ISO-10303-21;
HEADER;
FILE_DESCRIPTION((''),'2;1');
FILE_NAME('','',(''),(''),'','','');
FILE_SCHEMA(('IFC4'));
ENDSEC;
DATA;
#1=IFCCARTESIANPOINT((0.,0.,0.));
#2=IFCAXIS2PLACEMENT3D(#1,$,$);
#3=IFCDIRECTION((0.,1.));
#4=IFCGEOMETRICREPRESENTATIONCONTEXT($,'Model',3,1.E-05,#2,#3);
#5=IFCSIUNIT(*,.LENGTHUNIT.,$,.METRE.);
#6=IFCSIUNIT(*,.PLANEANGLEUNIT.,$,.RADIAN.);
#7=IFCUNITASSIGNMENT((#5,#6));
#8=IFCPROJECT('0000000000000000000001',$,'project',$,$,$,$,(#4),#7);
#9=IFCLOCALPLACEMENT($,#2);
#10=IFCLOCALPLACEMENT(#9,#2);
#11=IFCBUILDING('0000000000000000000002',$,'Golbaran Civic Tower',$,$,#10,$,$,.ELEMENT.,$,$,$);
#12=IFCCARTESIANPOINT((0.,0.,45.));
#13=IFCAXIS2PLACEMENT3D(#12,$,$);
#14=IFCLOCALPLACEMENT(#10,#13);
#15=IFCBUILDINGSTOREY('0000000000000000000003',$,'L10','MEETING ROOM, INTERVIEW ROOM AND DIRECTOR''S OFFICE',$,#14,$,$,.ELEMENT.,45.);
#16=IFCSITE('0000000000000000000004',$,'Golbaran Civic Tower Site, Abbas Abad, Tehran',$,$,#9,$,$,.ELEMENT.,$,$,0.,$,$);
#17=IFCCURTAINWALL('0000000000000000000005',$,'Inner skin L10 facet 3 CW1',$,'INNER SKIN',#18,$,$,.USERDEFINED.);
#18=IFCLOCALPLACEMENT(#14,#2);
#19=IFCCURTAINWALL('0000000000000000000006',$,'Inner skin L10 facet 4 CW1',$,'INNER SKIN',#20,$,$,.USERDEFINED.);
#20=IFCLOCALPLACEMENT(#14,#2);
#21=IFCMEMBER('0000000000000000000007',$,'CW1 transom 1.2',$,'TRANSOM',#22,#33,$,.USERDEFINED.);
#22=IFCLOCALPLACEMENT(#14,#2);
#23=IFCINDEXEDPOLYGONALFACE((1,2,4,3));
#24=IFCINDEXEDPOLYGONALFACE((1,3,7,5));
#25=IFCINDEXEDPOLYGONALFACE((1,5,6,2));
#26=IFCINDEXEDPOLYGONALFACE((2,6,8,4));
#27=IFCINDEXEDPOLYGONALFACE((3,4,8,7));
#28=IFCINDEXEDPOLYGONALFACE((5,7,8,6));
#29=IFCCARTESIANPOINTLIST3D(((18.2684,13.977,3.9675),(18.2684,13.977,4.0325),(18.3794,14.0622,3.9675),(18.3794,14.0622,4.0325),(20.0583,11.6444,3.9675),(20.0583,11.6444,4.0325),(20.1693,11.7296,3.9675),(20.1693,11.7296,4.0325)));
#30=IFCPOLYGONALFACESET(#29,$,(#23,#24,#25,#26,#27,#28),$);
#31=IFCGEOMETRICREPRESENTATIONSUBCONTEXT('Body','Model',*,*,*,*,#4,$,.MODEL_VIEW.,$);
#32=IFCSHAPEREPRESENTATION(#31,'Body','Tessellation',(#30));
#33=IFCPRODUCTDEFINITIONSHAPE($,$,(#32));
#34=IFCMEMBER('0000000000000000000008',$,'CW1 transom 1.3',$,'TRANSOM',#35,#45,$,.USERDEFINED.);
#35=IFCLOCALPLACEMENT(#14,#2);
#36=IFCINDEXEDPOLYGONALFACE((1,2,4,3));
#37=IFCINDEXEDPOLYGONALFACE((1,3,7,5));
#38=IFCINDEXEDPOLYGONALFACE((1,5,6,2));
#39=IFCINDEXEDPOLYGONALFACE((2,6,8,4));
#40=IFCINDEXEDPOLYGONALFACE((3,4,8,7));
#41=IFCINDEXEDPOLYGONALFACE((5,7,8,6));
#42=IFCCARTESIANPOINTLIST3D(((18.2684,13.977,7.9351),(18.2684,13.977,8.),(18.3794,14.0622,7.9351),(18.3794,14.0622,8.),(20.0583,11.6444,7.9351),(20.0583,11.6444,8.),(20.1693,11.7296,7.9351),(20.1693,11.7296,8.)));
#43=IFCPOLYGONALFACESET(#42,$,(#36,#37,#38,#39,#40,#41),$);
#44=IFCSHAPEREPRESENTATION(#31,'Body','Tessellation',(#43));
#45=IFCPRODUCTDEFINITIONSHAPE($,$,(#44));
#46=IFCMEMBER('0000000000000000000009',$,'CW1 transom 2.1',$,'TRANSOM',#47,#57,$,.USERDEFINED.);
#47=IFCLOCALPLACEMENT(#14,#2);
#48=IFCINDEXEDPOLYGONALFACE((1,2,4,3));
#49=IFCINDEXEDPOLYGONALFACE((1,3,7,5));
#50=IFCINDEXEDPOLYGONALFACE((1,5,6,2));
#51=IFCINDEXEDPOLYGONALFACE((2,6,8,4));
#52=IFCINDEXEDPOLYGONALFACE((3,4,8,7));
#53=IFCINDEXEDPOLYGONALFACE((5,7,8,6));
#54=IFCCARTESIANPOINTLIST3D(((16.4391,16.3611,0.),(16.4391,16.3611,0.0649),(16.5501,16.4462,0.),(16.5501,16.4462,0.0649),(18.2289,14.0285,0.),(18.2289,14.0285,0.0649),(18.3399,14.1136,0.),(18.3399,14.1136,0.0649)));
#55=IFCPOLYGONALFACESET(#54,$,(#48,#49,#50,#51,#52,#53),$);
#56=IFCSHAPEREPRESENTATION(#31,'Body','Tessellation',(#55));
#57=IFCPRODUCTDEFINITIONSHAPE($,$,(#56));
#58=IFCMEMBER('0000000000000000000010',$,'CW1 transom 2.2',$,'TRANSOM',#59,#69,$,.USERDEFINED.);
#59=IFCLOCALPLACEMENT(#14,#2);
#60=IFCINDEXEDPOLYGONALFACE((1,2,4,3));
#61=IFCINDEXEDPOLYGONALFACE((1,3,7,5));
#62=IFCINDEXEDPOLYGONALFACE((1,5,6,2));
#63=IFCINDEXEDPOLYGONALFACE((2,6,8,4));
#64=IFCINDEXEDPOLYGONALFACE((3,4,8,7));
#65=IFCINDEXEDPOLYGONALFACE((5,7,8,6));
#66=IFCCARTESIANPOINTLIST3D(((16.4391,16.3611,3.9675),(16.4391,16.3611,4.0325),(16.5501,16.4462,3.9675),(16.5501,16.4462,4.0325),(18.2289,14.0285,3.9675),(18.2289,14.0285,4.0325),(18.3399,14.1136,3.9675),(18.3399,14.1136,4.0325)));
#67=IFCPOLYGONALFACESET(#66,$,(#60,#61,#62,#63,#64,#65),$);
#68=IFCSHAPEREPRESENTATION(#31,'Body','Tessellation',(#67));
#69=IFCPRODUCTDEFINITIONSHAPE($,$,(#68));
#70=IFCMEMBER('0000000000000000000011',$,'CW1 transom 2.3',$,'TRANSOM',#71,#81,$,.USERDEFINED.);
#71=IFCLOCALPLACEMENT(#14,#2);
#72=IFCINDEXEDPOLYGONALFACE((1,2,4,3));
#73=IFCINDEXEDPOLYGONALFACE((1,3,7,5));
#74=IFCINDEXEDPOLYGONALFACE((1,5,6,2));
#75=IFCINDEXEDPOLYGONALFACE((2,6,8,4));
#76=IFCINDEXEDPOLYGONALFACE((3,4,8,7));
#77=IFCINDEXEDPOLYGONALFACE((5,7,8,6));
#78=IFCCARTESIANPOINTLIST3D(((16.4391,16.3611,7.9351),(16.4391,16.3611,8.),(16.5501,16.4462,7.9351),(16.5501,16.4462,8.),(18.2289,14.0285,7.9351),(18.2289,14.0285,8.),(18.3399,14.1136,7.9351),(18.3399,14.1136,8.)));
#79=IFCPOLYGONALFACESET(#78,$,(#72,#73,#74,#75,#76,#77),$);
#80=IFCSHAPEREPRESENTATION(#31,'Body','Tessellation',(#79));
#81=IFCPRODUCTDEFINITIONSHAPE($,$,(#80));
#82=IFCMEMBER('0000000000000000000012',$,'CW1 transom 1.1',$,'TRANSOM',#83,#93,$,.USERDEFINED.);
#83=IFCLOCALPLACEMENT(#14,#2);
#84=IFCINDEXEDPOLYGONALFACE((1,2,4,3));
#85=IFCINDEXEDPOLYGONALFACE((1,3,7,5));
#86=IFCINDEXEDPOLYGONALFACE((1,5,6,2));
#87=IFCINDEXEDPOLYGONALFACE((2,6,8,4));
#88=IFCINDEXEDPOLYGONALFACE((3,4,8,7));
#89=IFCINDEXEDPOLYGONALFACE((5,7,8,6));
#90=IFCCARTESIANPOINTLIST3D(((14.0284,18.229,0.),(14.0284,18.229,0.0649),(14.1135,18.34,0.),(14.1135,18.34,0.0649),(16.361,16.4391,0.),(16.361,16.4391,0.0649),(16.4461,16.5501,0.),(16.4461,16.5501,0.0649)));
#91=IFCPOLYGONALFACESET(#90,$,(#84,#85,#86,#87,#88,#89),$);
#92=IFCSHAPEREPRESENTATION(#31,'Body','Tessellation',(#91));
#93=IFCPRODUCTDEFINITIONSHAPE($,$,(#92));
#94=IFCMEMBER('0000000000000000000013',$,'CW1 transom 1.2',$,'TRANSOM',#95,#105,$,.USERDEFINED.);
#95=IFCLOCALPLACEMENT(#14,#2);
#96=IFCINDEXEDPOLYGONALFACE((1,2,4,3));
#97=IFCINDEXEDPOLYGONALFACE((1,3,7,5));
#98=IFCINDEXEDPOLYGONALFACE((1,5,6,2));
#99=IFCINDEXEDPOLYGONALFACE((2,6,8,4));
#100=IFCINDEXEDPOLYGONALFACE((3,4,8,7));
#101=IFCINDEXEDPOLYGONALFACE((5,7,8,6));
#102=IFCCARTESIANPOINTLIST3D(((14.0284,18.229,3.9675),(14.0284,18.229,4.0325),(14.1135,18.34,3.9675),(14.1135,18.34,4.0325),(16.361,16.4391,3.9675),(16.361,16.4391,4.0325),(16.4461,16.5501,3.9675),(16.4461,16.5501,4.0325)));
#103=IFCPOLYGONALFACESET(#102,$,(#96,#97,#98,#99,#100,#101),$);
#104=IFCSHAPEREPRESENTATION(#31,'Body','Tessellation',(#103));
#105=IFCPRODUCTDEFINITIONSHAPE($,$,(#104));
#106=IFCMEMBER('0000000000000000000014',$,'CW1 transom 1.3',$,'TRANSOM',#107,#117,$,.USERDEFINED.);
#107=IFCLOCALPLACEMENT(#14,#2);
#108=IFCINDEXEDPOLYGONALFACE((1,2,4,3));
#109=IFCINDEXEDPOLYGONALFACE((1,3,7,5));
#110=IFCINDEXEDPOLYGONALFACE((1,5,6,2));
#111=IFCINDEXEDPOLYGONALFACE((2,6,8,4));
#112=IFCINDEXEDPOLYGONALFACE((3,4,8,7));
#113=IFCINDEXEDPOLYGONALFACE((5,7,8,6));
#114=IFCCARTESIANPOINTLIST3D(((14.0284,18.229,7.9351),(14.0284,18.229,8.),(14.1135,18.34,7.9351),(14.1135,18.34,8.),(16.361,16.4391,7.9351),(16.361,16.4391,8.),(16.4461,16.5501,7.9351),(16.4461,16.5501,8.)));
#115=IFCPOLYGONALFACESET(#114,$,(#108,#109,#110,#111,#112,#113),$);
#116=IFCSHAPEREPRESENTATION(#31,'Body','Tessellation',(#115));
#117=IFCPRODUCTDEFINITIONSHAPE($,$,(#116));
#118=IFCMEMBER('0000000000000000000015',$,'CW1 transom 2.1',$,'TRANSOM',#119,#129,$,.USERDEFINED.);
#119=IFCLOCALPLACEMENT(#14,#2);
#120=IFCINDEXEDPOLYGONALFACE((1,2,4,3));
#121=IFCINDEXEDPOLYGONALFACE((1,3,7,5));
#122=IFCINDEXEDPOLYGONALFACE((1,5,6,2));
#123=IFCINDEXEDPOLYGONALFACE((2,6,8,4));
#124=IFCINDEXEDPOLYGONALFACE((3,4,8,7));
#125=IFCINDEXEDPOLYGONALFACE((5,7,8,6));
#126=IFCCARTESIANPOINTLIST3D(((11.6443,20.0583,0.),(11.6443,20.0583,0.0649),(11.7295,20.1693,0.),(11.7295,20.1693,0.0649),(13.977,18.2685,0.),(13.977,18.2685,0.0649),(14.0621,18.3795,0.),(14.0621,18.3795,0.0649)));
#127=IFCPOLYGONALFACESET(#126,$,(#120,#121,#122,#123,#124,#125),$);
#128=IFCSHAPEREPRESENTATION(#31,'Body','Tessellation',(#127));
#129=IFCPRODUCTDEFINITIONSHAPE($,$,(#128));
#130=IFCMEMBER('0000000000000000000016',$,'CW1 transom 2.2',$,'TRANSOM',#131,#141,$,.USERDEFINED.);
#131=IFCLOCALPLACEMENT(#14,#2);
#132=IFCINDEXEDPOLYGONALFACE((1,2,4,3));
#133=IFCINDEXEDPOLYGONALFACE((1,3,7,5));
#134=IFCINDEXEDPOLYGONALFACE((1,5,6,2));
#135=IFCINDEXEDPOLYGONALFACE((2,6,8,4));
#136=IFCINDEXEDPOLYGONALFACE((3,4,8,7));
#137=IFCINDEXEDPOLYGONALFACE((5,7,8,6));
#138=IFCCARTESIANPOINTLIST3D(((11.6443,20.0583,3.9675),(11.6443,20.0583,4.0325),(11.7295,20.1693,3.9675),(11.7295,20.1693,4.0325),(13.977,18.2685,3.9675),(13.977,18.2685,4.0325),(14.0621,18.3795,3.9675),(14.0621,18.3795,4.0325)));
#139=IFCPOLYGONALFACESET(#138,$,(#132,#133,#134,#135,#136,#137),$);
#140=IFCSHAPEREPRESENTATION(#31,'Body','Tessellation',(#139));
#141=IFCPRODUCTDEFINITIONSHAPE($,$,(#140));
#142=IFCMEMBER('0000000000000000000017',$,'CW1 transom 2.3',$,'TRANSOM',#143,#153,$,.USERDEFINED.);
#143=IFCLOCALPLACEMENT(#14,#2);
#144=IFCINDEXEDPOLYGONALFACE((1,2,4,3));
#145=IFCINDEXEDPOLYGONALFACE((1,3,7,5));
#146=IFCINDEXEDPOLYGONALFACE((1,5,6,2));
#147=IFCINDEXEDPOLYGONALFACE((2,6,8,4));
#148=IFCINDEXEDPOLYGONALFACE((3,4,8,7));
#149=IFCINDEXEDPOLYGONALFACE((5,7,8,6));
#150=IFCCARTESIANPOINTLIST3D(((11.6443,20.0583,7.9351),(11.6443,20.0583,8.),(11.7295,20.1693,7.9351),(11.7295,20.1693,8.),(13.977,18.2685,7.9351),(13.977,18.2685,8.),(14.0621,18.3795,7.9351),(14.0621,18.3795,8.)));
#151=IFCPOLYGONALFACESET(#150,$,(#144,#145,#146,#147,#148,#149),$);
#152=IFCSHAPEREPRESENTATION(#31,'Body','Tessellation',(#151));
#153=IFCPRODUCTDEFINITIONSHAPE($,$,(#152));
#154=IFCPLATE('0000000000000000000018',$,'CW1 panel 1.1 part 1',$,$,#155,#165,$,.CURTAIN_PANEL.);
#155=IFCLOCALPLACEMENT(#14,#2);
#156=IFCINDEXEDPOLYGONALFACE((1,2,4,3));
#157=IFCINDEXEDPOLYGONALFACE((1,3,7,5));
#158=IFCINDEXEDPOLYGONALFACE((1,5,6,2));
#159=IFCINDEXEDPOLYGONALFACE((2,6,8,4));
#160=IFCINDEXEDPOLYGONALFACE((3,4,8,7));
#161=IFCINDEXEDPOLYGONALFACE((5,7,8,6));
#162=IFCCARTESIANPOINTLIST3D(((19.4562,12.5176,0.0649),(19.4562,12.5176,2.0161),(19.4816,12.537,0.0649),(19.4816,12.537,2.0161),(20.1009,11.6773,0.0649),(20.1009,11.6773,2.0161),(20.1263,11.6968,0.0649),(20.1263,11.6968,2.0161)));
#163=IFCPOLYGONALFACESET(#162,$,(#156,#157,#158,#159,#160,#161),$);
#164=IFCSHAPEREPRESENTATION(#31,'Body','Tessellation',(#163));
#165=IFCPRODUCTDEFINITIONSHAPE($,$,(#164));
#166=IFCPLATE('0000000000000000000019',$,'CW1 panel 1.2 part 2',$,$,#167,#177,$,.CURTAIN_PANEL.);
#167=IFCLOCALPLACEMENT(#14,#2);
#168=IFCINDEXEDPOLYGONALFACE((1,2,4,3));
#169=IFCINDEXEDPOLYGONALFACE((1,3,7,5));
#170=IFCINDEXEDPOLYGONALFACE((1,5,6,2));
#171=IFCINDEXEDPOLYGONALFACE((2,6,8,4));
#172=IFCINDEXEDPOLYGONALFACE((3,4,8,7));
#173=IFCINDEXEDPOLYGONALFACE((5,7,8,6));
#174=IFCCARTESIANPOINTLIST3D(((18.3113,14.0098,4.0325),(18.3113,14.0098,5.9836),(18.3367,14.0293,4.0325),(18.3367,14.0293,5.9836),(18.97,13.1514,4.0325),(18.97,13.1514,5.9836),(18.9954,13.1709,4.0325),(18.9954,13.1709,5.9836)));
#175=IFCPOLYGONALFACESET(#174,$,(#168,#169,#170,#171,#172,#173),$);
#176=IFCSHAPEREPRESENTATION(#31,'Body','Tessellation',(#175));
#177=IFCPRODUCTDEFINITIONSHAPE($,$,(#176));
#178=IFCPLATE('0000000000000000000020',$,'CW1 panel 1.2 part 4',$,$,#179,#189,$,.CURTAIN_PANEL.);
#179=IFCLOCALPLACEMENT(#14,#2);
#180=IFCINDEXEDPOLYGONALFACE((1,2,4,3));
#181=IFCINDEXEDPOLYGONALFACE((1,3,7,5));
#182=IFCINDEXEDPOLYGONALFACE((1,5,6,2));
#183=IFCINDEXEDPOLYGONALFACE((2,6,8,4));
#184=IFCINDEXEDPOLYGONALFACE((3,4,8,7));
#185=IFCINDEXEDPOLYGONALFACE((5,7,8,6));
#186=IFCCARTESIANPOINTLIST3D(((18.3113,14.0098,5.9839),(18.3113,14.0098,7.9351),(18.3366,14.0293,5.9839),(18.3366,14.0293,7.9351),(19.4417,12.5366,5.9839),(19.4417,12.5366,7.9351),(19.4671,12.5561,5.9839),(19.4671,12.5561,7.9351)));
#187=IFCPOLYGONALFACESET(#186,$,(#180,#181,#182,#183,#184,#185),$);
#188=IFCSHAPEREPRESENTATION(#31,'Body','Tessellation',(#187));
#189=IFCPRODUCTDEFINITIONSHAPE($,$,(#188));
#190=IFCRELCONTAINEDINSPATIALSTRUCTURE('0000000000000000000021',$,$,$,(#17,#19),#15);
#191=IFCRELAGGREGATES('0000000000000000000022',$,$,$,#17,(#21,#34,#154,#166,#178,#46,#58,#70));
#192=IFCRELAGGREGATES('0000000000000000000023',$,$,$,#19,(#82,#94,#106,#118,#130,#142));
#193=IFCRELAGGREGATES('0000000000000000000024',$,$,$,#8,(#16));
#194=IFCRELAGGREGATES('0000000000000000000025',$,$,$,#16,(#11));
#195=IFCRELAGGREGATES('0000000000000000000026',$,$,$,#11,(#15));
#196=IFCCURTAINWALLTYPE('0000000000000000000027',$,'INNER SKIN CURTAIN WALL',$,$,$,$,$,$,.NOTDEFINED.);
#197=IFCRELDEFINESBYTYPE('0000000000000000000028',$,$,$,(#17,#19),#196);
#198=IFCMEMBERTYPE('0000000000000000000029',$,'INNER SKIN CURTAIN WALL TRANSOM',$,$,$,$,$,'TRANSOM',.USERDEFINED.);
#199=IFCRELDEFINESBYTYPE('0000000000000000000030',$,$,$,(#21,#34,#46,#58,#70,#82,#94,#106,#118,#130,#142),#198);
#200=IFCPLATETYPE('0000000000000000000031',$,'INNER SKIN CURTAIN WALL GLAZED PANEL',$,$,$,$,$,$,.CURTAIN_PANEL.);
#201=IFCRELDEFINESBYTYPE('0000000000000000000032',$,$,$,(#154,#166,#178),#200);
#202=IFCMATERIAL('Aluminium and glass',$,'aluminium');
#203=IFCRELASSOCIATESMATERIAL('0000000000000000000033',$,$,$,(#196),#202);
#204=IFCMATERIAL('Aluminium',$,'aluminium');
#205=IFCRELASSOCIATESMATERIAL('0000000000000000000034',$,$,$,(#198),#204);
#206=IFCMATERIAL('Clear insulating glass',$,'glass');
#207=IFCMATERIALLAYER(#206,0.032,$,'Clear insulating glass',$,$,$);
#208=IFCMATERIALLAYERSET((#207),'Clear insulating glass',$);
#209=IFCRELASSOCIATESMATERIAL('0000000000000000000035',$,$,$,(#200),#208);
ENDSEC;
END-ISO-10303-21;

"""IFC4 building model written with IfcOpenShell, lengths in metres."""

from ifc_helpers import new_model, si_unit, direction, frame, origin, origin_2d, place, context, subcontext, project, spatial, rectangle, extrude, material, layer, layer_set, material_profile, profile_set, type_object, element, aggregate, save


model = new_model("IFC4")

# Units and contexts
model_context = context("Model", 3, precision=1e-05, world=origin(), true_north=direction((0.0, 1.0)))
body_context = subcontext(model_context, "Body", "Model", "MODEL_VIEW")
ifc_project = project(units=[si_unit("LENGTHUNIT", "METRE"), si_unit("PLANEANGLEUNIT", "RADIAN")], contexts=[model_context])

# Site, building, storey
site_placement = place(None, origin())
site = spatial("IfcSite", under=ifc_project, at=site_placement, Name="Golbaran Civic Tower Site, Abbas Abad, Tehran", CompositionType="ELEMENT", RefElevation=0.0)
building_placement = place(site_placement, origin())
building = spatial("IfcBuilding", under=site, at=building_placement, Name="Golbaran Civic Tower", CompositionType="ELEMENT")
storey_placement = place(building_placement, frame((0.0, 0.0, 45.0)))
storey = spatial("IfcBuildingStorey", under=building, at=storey_placement, Name="L10", Description="MEETING ROOM, INTERVIEW ROOM AND DIRECTOR'S OFFICE", CompositionType="ELEMENT", Elevation=45.0)

# Shared definitions
ifc_material_1 = material(Name="Aluminium and glass", Category="aluminium")
curtain_wall_type = type_object("IfcCurtainWallType", Name="INNER SKIN CURTAIN WALL", PredefinedType="NOTDEFINED", material=ifc_material_1)
ifc_material_2 = material(Name="Aluminium", Category="aluminium")

# Curtain walls
curtain_wall_1_placement = place(storey_placement, origin())
curtain_wall_1 = element("IfcCurtainWall", 1, at=curtain_wall_1_placement, inside=storey, type_object=curtain_wall_type, Name="Inner skin L10 facet 3 CW1", ObjectType="INNER SKIN", PredefinedType="USERDEFINED")
curtain_wall_2_placement = place(storey_placement, origin())
curtain_wall_2 = element("IfcCurtainWall", 2, at=curtain_wall_2_placement, inside=storey, type_object=curtain_wall_type, Name="Inner skin L10 facet 4 CW1", ObjectType="INNER SKIN", PredefinedType="USERDEFINED")

# Members
ifc_material_profile_1 = material_profile(ifc_material_2, rectangle(XDim=0.1399, YDim=0.0649, at=origin_2d()), Name="INNER SKIN CURTAIN WALL TRANSOM")
ifc_profile_set_1 = profile_set([ifc_material_profile_1], Name="Aluminium")
member_type_1 = type_object("IfcMemberType", Name="INNER SKIN CURTAIN WALL TRANSOM", ElementType="TRANSOM", PredefinedType="USERDEFINED", material=ifc_profile_set_1)
member_1_placement = place(storey_placement, frame((20.1138, 11.687, 4.0), z_axis=(-0.608759, 0.793355, 0.0), x_axis=(-0.793355, -0.608759, 0.0)))
member_1 = element("IfcMember", 3, at=member_1_placement, type_object=member_type_1, Name="CW1 transom 1.2", ObjectType="TRANSOM", PredefinedType="USERDEFINED", context=body_context, shape_type="SweptSolid", body=[
    extrude(rectangle(XDim=0.1399, YDim=0.0649, at=origin_2d()), origin(), (0.0, 0.0, 1.0), 2.9402),
])
member_2_placement = place(storey_placement, frame((20.1138, 11.687, 7.9675), z_axis=(-0.608759, 0.793355, 0.0), x_axis=(-0.793355, -0.608759, 0.0)))
member_2 = element("IfcMember", 4, at=member_2_placement, type_object=member_type_1, Name="CW1 transom 1.3", ObjectType="TRANSOM", PredefinedType="USERDEFINED", context=body_context, shape_type="SweptSolid", body=[
    extrude(rectangle(XDim=0.1399, YDim=0.0649, at=origin_2d()), origin(), (0.0, 0.0, 1.0), 2.9402),
])
member_3_placement = place(storey_placement, frame((18.2844, 14.071, 0.0325), z_axis=(-0.608759, 0.793355, 0.0), x_axis=(-0.793355, -0.608759, 0.0)))
member_3 = element("IfcMember", 5, at=member_3_placement, type_object=member_type_1, Name="CW1 transom 2.1", ObjectType="TRANSOM", PredefinedType="USERDEFINED", context=body_context, shape_type="SweptSolid", body=[
    extrude(rectangle(XDim=0.1399, YDim=0.0649, at=origin_2d()), origin(), (0.0, 0.0, 1.0), 2.9402),
])
member_4_placement = place(storey_placement, frame((18.2844, 14.071, 4.0), z_axis=(-0.608759, 0.793355, 0.0), x_axis=(-0.793355, -0.608759, 0.0)))
member_4 = element("IfcMember", 6, at=member_4_placement, type_object=member_type_1, Name="CW1 transom 2.2", ObjectType="TRANSOM", PredefinedType="USERDEFINED", context=body_context, shape_type="SweptSolid", body=[
    extrude(rectangle(XDim=0.1399, YDim=0.0649, at=origin_2d()), origin(), (0.0, 0.0, 1.0), 2.9402),
])
member_5_placement = place(storey_placement, frame((18.2844, 14.071, 7.9675), z_axis=(-0.608759, 0.793355, 0.0), x_axis=(-0.793355, -0.608759, 0.0)))
member_5 = element("IfcMember", 7, at=member_5_placement, type_object=member_type_1, Name="CW1 transom 2.3", ObjectType="TRANSOM", PredefinedType="USERDEFINED", context=body_context, shape_type="SweptSolid", body=[
    extrude(rectangle(XDim=0.1399, YDim=0.0649, at=origin_2d()), origin(), (0.0, 0.0, 1.0), 2.9402),
])
member_6_placement = place(storey_placement, frame((16.4036, 16.4946, 0.0325), z_axis=(-0.793355, 0.608759, 0.0), x_axis=(-0.608759, -0.793355, 0.0)))
member_6 = element("IfcMember", 8, at=member_6_placement, type_object=member_type_1, Name="CW1 transom 1.1", ObjectType="TRANSOM", PredefinedType="USERDEFINED", context=body_context, shape_type="SweptSolid", body=[
    extrude(rectangle(XDim=0.1399, YDim=0.0649, at=origin_2d()), origin(), (0.0, 0.0, 1.0), 2.9402),
])
member_7_placement = place(storey_placement, frame((16.4036, 16.4946, 4.0), z_axis=(-0.793355, 0.608759, 0.0), x_axis=(-0.608759, -0.793355, 0.0)))
member_7 = element("IfcMember", 9, at=member_7_placement, type_object=member_type_1, Name="CW1 transom 1.2", ObjectType="TRANSOM", PredefinedType="USERDEFINED", context=body_context, shape_type="SweptSolid", body=[
    extrude(rectangle(XDim=0.1399, YDim=0.0649, at=origin_2d()), origin(), (0.0, 0.0, 1.0), 2.9402),
])
member_8_placement = place(storey_placement, frame((16.4036, 16.4946, 7.9675), z_axis=(-0.793355, 0.608759, 0.0), x_axis=(-0.608759, -0.793355, 0.0)))
member_8 = element("IfcMember", 10, at=member_8_placement, type_object=member_type_1, Name="CW1 transom 1.3", ObjectType="TRANSOM", PredefinedType="USERDEFINED", context=body_context, shape_type="SweptSolid", body=[
    extrude(rectangle(XDim=0.1399, YDim=0.0649, at=origin_2d()), origin(), (0.0, 0.0, 1.0), 2.9402),
])
member_9_placement = place(storey_placement, frame((14.0195, 18.324, 0.0325), z_axis=(-0.793355, 0.608759, 0.0), x_axis=(-0.608759, -0.793355, 0.0)))
member_9 = element("IfcMember", 11, at=member_9_placement, type_object=member_type_1, Name="CW1 transom 2.1", ObjectType="TRANSOM", PredefinedType="USERDEFINED", context=body_context, shape_type="SweptSolid", body=[
    extrude(rectangle(XDim=0.1399, YDim=0.0649, at=origin_2d()), origin(), (0.0, 0.0, 1.0), 2.9402),
])
member_10_placement = place(storey_placement, frame((14.0195, 18.324, 4.0), z_axis=(-0.793355, 0.608759, 0.0), x_axis=(-0.608759, -0.793355, 0.0)))
member_10 = element("IfcMember", 12, at=member_10_placement, type_object=member_type_1, Name="CW1 transom 2.2", ObjectType="TRANSOM", PredefinedType="USERDEFINED", context=body_context, shape_type="SweptSolid", body=[
    extrude(rectangle(XDim=0.1399, YDim=0.0649, at=origin_2d()), origin(), (0.0, 0.0, 1.0), 2.9402),
])
member_11_placement = place(storey_placement, frame((14.0195, 18.324, 7.9675), z_axis=(-0.793355, 0.608759, 0.0), x_axis=(-0.608759, -0.793355, 0.0)))
member_11 = element("IfcMember", 13, at=member_11_placement, type_object=member_type_1, Name="CW1 transom 2.3", ObjectType="TRANSOM", PredefinedType="USERDEFINED", context=body_context, shape_type="SweptSolid", body=[
    extrude(rectangle(XDim=0.1399, YDim=0.0649, at=origin_2d()), origin(), (0.0, 0.0, 1.0), 2.9402),
])

# Plates
ifc_material_3 = material(Name="Clear insulating glass", Category="glass")
ifc_layer_1 = layer(ifc_material_3, 0.032, Name="Clear insulating glass")
ifc_layer_set_1 = layer_set([ifc_layer_1], Name="Clear insulating glass")
plate_type_1 = type_object("IfcPlateType", Name="INNER SKIN CURTAIN WALL GLAZED PANEL", PredefinedType="CURTAIN_PANEL", material=ifc_layer_set_1)
plate_1_placement = place(storey_placement, frame((19.7913, 12.1072, 0.0649), z_axis=(0.0, 0.0, 1.0), x_axis=(-0.608761, 0.793353, 0.0)))
plate_1 = element("IfcPlate", 14, at=plate_1_placement, type_object=plate_type_1, Name="CW1 panel 1.1 part 1", PredefinedType="CURTAIN_PANEL", context=body_context, shape_type="SweptSolid", body=[
    extrude(rectangle(XDim=1.0591, YDim=0.032, at=origin_2d()), origin(), (0.0, 0.0, 1.0), 1.9512),
])
plate_2_placement = place(storey_placement, frame((18.6533, 13.5903, 4.0325), z_axis=(0.0, 0.0, 1.0), x_axis=(-0.608761, 0.793353, 0.0)))
plate_2 = element("IfcPlate", 15, at=plate_2_placement, type_object=plate_type_1, Name="CW1 panel 1.2 part 2", PredefinedType="CURTAIN_PANEL", context=body_context, shape_type="SweptSolid", body=[
    extrude(rectangle(XDim=1.082, YDim=0.032, at=origin_2d()), origin(), (0.0, 0.0, 1.0), 1.9512),
])
plate_3_placement = place(storey_placement, frame((18.8892, 13.283, 5.9839), z_axis=(0.0, 0.0, 1.0), x_axis=(-0.608761, 0.793353, 0.0)))
plate_3 = element("IfcPlate", 16, at=plate_3_placement, type_object=plate_type_1, Name="CW1 panel 1.2 part 4", PredefinedType="CURTAIN_PANEL", context=body_context, shape_type="SweptSolid", body=[
    extrude(rectangle(XDim=1.8569, YDim=0.032, at=origin_2d()), origin(), (0.0, 0.0, 1.0), 1.9512),
])
aggregate(curtain_wall_1, [member_1, member_2, plate_1, plate_2, plate_3, member_3, member_4, member_5])
aggregate(curtain_wall_2, [member_6, member_7, member_8, member_9, member_10, member_11])

save(model, "model.ifc")
